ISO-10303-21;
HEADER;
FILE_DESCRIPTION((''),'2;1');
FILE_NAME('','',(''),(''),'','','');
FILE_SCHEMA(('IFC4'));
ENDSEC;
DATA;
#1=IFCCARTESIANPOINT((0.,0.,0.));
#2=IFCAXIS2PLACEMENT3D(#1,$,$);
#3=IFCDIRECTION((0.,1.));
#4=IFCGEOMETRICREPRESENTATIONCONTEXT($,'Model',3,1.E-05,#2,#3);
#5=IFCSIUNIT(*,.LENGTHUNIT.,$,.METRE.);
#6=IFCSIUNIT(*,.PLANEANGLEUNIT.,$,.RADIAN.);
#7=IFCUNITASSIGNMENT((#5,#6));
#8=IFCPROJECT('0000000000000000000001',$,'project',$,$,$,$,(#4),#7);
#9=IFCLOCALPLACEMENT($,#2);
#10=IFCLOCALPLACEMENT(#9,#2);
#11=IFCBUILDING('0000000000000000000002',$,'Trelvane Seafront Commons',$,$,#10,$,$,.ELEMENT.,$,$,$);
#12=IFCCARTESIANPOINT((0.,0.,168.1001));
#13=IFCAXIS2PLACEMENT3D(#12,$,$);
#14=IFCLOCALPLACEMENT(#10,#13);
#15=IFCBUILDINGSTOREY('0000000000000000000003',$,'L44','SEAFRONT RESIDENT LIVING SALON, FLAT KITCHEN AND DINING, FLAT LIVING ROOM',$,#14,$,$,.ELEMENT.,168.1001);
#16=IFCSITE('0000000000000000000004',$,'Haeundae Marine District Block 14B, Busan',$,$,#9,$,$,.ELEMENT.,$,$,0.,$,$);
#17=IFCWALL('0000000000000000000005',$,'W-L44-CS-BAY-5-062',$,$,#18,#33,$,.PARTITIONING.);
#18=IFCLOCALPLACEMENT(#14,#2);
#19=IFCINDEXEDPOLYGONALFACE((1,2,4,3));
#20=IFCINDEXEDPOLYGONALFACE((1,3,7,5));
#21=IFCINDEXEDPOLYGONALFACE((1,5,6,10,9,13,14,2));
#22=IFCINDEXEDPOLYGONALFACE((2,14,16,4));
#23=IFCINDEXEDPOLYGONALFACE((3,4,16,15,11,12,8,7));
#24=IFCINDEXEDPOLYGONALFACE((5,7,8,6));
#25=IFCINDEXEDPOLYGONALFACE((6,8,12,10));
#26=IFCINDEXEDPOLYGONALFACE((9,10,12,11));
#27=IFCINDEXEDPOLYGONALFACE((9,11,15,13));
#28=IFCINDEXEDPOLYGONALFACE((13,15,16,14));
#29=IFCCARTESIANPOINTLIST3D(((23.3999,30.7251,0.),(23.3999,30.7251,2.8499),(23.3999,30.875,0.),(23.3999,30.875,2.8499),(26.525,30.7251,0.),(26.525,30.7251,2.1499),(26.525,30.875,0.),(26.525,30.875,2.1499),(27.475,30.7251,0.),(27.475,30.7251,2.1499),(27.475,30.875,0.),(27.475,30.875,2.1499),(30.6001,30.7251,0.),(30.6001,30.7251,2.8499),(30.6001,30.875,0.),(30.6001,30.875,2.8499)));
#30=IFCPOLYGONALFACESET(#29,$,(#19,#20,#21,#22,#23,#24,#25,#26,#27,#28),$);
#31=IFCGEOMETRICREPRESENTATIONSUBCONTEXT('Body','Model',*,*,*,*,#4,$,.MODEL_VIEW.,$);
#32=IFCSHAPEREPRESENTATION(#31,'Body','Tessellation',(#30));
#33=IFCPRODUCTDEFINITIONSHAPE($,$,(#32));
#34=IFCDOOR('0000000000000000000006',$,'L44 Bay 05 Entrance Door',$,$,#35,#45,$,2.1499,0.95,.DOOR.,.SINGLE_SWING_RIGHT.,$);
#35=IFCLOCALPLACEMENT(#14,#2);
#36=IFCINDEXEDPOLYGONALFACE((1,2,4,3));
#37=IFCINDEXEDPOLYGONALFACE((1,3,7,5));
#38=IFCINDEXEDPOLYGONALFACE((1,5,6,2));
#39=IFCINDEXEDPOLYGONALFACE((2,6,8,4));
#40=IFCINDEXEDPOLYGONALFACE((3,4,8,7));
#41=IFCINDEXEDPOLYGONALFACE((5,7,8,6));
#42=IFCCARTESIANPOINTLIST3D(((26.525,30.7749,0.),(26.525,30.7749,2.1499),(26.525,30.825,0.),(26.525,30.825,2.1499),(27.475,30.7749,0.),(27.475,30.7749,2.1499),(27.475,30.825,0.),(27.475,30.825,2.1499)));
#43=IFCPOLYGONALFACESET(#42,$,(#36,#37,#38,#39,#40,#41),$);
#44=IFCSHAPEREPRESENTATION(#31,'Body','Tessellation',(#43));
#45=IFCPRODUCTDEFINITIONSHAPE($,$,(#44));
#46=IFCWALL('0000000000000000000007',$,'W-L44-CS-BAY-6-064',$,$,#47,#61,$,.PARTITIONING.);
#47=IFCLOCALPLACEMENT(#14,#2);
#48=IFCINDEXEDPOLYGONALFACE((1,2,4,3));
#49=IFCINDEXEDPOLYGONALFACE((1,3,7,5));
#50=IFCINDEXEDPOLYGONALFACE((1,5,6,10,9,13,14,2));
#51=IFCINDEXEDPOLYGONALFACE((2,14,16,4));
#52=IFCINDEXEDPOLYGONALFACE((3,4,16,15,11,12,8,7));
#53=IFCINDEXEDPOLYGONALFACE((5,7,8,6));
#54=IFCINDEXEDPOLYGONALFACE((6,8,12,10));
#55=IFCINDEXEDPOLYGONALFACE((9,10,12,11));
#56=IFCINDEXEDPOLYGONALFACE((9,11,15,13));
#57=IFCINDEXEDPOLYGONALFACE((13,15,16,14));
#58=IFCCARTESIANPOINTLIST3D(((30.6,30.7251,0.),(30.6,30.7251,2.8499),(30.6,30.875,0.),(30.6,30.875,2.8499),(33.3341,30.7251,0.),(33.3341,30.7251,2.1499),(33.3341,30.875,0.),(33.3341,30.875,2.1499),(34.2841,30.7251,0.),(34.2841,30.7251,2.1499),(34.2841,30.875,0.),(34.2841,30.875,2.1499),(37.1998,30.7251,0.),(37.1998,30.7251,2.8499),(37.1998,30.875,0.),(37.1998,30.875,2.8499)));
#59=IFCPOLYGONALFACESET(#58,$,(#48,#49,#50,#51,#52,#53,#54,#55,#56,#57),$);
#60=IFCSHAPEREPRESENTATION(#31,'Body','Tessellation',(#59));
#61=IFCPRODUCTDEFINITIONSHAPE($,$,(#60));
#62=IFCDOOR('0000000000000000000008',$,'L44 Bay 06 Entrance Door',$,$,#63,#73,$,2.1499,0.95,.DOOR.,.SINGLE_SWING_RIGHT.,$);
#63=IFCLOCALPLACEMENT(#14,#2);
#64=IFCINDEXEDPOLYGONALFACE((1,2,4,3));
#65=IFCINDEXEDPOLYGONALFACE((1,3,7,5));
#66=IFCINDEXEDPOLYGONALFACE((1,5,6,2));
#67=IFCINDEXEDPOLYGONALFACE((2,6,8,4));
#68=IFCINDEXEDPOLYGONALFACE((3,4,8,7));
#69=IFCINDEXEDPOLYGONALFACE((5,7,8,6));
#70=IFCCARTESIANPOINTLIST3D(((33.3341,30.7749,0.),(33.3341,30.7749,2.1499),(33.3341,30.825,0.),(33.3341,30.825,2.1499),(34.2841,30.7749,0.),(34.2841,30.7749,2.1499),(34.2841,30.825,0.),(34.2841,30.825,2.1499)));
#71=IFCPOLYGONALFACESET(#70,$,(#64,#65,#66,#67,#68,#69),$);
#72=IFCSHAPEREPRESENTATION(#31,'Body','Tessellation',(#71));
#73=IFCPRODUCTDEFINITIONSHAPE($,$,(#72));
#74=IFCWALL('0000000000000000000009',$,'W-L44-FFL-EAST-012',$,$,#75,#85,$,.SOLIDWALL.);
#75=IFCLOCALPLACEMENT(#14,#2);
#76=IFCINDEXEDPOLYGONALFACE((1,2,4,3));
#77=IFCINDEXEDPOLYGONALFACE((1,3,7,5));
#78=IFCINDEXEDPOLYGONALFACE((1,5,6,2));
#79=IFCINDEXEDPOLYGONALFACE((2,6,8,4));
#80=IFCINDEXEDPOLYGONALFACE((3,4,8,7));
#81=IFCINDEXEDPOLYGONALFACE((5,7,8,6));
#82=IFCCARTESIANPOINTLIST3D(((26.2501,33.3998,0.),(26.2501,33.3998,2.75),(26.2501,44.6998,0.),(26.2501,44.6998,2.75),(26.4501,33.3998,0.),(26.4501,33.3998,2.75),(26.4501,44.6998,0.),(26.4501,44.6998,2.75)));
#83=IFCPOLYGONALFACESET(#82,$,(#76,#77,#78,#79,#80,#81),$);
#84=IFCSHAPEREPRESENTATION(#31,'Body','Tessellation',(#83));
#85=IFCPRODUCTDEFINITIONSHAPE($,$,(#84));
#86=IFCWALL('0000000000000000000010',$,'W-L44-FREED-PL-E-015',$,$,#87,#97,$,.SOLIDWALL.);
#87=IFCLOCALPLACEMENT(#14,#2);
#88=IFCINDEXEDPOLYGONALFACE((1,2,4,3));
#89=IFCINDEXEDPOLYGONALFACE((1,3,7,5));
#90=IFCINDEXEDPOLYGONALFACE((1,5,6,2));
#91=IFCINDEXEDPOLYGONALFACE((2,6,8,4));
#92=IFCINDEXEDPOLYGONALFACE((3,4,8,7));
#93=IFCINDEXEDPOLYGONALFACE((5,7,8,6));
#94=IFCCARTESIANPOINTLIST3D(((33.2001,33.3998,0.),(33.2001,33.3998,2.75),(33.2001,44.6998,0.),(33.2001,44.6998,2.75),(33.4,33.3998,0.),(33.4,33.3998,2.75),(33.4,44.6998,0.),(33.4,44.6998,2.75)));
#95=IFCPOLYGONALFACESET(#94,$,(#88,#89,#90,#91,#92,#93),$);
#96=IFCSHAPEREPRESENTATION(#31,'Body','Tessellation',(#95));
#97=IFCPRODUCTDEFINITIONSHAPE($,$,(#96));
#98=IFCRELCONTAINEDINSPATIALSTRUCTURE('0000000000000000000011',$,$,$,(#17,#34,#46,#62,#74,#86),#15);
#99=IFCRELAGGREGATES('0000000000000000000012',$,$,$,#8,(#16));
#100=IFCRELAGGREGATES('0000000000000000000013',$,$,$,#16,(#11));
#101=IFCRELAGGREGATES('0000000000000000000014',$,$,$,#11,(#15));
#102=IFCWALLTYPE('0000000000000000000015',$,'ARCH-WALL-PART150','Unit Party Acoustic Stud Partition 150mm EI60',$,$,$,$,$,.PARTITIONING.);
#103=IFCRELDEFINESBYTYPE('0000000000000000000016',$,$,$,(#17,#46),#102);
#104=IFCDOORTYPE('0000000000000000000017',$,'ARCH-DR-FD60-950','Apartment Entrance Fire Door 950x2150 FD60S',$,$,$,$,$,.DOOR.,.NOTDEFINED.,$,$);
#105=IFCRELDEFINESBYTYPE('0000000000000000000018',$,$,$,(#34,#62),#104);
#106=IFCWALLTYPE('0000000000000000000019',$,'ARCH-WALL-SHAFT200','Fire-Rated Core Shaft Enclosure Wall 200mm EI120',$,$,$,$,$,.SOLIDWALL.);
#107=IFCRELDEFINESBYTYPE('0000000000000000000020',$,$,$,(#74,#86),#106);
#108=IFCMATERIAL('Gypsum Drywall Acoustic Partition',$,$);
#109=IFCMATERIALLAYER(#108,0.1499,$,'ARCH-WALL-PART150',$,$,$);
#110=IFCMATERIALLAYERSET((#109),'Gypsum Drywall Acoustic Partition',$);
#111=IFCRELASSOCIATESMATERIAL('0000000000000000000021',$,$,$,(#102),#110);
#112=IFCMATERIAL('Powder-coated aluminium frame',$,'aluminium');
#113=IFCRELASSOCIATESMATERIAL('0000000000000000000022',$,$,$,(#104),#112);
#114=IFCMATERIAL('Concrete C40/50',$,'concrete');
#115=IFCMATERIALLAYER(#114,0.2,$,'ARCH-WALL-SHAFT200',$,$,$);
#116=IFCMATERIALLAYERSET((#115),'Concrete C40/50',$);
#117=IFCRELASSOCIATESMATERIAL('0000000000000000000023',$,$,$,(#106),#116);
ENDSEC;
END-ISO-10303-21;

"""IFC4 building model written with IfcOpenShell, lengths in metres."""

from ifc_helpers import new_model, si_unit, direction, frame, frame_2d, origin, place, context, subcontext, project, spatial, rectangle, extrude, source, transform, mapped, material, layer, layer_set, type_object, element, fill, save


model = new_model("IFC4")

# Units and contexts
model_context = context("Model", 3, precision=1e-05, world=origin(), true_north=direction((0.0, 1.0)))
body_context = subcontext(model_context, "Body", "Model", "MODEL_VIEW")
ifc_project = project(units=[si_unit("LENGTHUNIT", "METRE"), si_unit("PLANEANGLEUNIT", "RADIAN")], contexts=[model_context])

# Site, building, storey
site_placement = place(None, origin())
site = spatial("IfcSite", under=ifc_project, at=site_placement, Name="Haeundae Marine District Block 14B, Busan", CompositionType="ELEMENT", RefElevation=0.0)
building_placement = place(site_placement, origin())
building = spatial("IfcBuilding", under=site, at=building_placement, Name="Trelvane Seafront Commons", CompositionType="ELEMENT")
storey_placement = place(building_placement, frame((0.0, 0.0, 168.1001)))
storey = spatial("IfcBuildingStorey", under=building, at=storey_placement, Name="L44", Description="SEAFRONT RESIDENT LIVING SALON, FLAT KITCHEN AND DINING, FLAT LIVING ROOM", CompositionType="ELEMENT", Elevation=168.1001)

# Walls, openings, doors
ifc_material_1 = material(Name="Concrete C40/50", Category="concrete")
ifc_material_2 = material(Name="Powder-coated aluminium frame", Category="aluminium")
shared_shape_1 = source(origin(), body_context, "Body", "SweptSolid", [
    extrude(rectangle(XDim=0.95, YDim=2.1499, at=frame_2d((0.4751, 1.075))), frame((0.0, 0.0249, 0.0), z_axis=(0.0, -1.0, 0.0), x_axis=(1.0, 0.0, 0.0)), (0.0, 0.0, 1.0), 0.05),
])
ifc_material_3 = material(Name="Gypsum Drywall Acoustic Partition")
ifc_layer_1 = layer(ifc_material_3, 0.1499, Name="ARCH-WALL-PART150")
ifc_layer_set_1 = layer_set([ifc_layer_1], Name="Gypsum Drywall Acoustic Partition")
wall_type_1 = type_object("IfcWallType", Name="ARCH-WALL-PART150", Description="Unit Party Acoustic Stud Partition 150mm EI60", PredefinedType="PARTITIONING", material=ifc_layer_set_1)
door_type_1 = type_object("IfcDoorType", Name="ARCH-DR-FD60-950", Description="Apartment Entrance Fire Door 950x2150 FD60S", OperationType="NOTDEFINED", PredefinedType="DOOR", material=ifc_material_2)
wall_1_placement = place(storey_placement, frame((23.3999, 30.8, 0.0), z_axis=(0.0, 0.0, 1.0), x_axis=(1.0, 0.0, 0.0)))
wall_1 = element("IfcWall", 1, at=wall_1_placement, inside=storey, type_object=wall_type_1, Name="W-L44-CS-BAY-5-062", PredefinedType="PARTITIONING", context=body_context, shape_type="SweptSolid", body=[
    extrude(rectangle(XDim=7.2002, YDim=0.1499, at=frame_2d((3.6001, 0.0))), origin(), (0.0, 0.0, 1.0), 2.8499),
])
opening_1_placement = place(wall_1_placement, frame((3.125, 0.0, 0.0)))
opening_1 = element("IfcOpeningElement", 2, at=opening_1_placement, cuts=wall_1, PredefinedType="OPENING", context=body_context, shape_type="SweptSolid", body=[
    extrude(rectangle(XDim=0.95, YDim=2.1499, at=frame_2d((0.4751, 1.075))), frame((0.0, 0.085, 0.0), z_axis=(0.0, -1.0, 0.0), x_axis=(1.0, 0.0, 0.0)), (0.0, 0.0, 1.0), 0.1699),
])
door_1_placement = place(opening_1_placement, origin())
door_1 = element("IfcDoor", 3, at=door_1_placement, inside=storey, type_object=door_type_1, Name="L44 Bay 05 Entrance Door", OperationType="SINGLE_SWING_RIGHT", OverallHeight=2.1499, OverallWidth=0.95, PredefinedType="DOOR", context=body_context, shape_type="MappedRepresentation", body=[
    mapped(shared_shape_1, transform((0.0, 0.0, 0.0), x_axis=(1.0, 0.0, 0.0), y_axis=(0.0, 1.0, 0.0), z_axis=(0.0, 0.0, 1.0), scale=1.0)),
])
fill(opening_1, door_1)
wall_2_placement = place(storey_placement, frame((30.6001, 30.8, 0.0), z_axis=(0.0, 0.0, 1.0), x_axis=(1.0, 0.0, 0.0)))
wall_2 = element("IfcWall", 4, at=wall_2_placement, inside=storey, type_object=wall_type_1, Name="W-L44-CS-BAY-6-064", PredefinedType="PARTITIONING", context=body_context, shape_type="SweptSolid", body=[
    extrude(rectangle(XDim=6.5999, YDim=0.1499, at=frame_2d((3.2998, 0.0))), origin(), (0.0, 0.0, 1.0), 2.8499),
])
opening_2_placement = place(wall_2_placement, frame((2.7339, 0.0, 0.0)))
opening_2 = element("IfcOpeningElement", 5, at=opening_2_placement, cuts=wall_2, PredefinedType="OPENING", context=body_context, shape_type="SweptSolid", body=[
    extrude(rectangle(XDim=0.95, YDim=2.1499, at=frame_2d((0.4751, 1.075))), frame((0.0, 0.085, 0.0), z_axis=(0.0, -1.0, 0.0), x_axis=(1.0, 0.0, 0.0)), (0.0, 0.0, 1.0), 0.1699),
])
door_2_placement = place(opening_2_placement, origin())
door_2 = element("IfcDoor", 6, at=door_2_placement, inside=storey, type_object=door_type_1, Name="L44 Bay 06 Entrance Door", OperationType="SINGLE_SWING_RIGHT", OverallHeight=2.1499, OverallWidth=0.95, PredefinedType="DOOR", context=body_context, shape_type="MappedRepresentation", body=[
    mapped(shared_shape_1, transform((0.0, 0.0, 0.0), x_axis=(1.0, 0.0, 0.0), y_axis=(0.0, 1.0, 0.0), z_axis=(0.0, 0.0, 1.0), scale=1.0)),
])
fill(opening_2, door_2)

# Walls
ifc_layer_2 = layer(ifc_material_1, 0.2, Name="ARCH-WALL-SHAFT200")
ifc_layer_set_2 = layer_set([ifc_layer_2], Name="Concrete C40/50")
wall_type_2 = type_object("IfcWallType", Name="ARCH-WALL-SHAFT200", Description="Fire-Rated Core Shaft Enclosure Wall 200mm EI120", PredefinedType="SOLIDWALL", material=ifc_layer_set_2)
for number, where, z_axis, x_axis, name in (
    (7, (26.3501, 33.3999, 0.0), (0.0, 0.0, 1.0), (0.0, 1.0, 0.0), "W-L44-FFL-EAST-012"),
    (8, (33.3, 33.3999, 0.0), (0.0, 0.0, 1.0), (0.0, 1.0, 0.0), "W-L44-FREED-PL-E-015"),
):
    element("IfcWall", number, at=place(storey_placement, frame(where, z_axis=z_axis, x_axis=x_axis)), inside=storey, type_object=wall_type_2, Name=name, PredefinedType="SOLIDWALL", context=body_context, shape_type="SweptSolid", body=[
        extrude(rectangle(XDim=11.3, YDim=0.2, at=frame_2d((5.6499, 0.0))), origin(), (0.0, 0.0, 1.0), 2.75),
    ])

save(model, "model.ifc")
